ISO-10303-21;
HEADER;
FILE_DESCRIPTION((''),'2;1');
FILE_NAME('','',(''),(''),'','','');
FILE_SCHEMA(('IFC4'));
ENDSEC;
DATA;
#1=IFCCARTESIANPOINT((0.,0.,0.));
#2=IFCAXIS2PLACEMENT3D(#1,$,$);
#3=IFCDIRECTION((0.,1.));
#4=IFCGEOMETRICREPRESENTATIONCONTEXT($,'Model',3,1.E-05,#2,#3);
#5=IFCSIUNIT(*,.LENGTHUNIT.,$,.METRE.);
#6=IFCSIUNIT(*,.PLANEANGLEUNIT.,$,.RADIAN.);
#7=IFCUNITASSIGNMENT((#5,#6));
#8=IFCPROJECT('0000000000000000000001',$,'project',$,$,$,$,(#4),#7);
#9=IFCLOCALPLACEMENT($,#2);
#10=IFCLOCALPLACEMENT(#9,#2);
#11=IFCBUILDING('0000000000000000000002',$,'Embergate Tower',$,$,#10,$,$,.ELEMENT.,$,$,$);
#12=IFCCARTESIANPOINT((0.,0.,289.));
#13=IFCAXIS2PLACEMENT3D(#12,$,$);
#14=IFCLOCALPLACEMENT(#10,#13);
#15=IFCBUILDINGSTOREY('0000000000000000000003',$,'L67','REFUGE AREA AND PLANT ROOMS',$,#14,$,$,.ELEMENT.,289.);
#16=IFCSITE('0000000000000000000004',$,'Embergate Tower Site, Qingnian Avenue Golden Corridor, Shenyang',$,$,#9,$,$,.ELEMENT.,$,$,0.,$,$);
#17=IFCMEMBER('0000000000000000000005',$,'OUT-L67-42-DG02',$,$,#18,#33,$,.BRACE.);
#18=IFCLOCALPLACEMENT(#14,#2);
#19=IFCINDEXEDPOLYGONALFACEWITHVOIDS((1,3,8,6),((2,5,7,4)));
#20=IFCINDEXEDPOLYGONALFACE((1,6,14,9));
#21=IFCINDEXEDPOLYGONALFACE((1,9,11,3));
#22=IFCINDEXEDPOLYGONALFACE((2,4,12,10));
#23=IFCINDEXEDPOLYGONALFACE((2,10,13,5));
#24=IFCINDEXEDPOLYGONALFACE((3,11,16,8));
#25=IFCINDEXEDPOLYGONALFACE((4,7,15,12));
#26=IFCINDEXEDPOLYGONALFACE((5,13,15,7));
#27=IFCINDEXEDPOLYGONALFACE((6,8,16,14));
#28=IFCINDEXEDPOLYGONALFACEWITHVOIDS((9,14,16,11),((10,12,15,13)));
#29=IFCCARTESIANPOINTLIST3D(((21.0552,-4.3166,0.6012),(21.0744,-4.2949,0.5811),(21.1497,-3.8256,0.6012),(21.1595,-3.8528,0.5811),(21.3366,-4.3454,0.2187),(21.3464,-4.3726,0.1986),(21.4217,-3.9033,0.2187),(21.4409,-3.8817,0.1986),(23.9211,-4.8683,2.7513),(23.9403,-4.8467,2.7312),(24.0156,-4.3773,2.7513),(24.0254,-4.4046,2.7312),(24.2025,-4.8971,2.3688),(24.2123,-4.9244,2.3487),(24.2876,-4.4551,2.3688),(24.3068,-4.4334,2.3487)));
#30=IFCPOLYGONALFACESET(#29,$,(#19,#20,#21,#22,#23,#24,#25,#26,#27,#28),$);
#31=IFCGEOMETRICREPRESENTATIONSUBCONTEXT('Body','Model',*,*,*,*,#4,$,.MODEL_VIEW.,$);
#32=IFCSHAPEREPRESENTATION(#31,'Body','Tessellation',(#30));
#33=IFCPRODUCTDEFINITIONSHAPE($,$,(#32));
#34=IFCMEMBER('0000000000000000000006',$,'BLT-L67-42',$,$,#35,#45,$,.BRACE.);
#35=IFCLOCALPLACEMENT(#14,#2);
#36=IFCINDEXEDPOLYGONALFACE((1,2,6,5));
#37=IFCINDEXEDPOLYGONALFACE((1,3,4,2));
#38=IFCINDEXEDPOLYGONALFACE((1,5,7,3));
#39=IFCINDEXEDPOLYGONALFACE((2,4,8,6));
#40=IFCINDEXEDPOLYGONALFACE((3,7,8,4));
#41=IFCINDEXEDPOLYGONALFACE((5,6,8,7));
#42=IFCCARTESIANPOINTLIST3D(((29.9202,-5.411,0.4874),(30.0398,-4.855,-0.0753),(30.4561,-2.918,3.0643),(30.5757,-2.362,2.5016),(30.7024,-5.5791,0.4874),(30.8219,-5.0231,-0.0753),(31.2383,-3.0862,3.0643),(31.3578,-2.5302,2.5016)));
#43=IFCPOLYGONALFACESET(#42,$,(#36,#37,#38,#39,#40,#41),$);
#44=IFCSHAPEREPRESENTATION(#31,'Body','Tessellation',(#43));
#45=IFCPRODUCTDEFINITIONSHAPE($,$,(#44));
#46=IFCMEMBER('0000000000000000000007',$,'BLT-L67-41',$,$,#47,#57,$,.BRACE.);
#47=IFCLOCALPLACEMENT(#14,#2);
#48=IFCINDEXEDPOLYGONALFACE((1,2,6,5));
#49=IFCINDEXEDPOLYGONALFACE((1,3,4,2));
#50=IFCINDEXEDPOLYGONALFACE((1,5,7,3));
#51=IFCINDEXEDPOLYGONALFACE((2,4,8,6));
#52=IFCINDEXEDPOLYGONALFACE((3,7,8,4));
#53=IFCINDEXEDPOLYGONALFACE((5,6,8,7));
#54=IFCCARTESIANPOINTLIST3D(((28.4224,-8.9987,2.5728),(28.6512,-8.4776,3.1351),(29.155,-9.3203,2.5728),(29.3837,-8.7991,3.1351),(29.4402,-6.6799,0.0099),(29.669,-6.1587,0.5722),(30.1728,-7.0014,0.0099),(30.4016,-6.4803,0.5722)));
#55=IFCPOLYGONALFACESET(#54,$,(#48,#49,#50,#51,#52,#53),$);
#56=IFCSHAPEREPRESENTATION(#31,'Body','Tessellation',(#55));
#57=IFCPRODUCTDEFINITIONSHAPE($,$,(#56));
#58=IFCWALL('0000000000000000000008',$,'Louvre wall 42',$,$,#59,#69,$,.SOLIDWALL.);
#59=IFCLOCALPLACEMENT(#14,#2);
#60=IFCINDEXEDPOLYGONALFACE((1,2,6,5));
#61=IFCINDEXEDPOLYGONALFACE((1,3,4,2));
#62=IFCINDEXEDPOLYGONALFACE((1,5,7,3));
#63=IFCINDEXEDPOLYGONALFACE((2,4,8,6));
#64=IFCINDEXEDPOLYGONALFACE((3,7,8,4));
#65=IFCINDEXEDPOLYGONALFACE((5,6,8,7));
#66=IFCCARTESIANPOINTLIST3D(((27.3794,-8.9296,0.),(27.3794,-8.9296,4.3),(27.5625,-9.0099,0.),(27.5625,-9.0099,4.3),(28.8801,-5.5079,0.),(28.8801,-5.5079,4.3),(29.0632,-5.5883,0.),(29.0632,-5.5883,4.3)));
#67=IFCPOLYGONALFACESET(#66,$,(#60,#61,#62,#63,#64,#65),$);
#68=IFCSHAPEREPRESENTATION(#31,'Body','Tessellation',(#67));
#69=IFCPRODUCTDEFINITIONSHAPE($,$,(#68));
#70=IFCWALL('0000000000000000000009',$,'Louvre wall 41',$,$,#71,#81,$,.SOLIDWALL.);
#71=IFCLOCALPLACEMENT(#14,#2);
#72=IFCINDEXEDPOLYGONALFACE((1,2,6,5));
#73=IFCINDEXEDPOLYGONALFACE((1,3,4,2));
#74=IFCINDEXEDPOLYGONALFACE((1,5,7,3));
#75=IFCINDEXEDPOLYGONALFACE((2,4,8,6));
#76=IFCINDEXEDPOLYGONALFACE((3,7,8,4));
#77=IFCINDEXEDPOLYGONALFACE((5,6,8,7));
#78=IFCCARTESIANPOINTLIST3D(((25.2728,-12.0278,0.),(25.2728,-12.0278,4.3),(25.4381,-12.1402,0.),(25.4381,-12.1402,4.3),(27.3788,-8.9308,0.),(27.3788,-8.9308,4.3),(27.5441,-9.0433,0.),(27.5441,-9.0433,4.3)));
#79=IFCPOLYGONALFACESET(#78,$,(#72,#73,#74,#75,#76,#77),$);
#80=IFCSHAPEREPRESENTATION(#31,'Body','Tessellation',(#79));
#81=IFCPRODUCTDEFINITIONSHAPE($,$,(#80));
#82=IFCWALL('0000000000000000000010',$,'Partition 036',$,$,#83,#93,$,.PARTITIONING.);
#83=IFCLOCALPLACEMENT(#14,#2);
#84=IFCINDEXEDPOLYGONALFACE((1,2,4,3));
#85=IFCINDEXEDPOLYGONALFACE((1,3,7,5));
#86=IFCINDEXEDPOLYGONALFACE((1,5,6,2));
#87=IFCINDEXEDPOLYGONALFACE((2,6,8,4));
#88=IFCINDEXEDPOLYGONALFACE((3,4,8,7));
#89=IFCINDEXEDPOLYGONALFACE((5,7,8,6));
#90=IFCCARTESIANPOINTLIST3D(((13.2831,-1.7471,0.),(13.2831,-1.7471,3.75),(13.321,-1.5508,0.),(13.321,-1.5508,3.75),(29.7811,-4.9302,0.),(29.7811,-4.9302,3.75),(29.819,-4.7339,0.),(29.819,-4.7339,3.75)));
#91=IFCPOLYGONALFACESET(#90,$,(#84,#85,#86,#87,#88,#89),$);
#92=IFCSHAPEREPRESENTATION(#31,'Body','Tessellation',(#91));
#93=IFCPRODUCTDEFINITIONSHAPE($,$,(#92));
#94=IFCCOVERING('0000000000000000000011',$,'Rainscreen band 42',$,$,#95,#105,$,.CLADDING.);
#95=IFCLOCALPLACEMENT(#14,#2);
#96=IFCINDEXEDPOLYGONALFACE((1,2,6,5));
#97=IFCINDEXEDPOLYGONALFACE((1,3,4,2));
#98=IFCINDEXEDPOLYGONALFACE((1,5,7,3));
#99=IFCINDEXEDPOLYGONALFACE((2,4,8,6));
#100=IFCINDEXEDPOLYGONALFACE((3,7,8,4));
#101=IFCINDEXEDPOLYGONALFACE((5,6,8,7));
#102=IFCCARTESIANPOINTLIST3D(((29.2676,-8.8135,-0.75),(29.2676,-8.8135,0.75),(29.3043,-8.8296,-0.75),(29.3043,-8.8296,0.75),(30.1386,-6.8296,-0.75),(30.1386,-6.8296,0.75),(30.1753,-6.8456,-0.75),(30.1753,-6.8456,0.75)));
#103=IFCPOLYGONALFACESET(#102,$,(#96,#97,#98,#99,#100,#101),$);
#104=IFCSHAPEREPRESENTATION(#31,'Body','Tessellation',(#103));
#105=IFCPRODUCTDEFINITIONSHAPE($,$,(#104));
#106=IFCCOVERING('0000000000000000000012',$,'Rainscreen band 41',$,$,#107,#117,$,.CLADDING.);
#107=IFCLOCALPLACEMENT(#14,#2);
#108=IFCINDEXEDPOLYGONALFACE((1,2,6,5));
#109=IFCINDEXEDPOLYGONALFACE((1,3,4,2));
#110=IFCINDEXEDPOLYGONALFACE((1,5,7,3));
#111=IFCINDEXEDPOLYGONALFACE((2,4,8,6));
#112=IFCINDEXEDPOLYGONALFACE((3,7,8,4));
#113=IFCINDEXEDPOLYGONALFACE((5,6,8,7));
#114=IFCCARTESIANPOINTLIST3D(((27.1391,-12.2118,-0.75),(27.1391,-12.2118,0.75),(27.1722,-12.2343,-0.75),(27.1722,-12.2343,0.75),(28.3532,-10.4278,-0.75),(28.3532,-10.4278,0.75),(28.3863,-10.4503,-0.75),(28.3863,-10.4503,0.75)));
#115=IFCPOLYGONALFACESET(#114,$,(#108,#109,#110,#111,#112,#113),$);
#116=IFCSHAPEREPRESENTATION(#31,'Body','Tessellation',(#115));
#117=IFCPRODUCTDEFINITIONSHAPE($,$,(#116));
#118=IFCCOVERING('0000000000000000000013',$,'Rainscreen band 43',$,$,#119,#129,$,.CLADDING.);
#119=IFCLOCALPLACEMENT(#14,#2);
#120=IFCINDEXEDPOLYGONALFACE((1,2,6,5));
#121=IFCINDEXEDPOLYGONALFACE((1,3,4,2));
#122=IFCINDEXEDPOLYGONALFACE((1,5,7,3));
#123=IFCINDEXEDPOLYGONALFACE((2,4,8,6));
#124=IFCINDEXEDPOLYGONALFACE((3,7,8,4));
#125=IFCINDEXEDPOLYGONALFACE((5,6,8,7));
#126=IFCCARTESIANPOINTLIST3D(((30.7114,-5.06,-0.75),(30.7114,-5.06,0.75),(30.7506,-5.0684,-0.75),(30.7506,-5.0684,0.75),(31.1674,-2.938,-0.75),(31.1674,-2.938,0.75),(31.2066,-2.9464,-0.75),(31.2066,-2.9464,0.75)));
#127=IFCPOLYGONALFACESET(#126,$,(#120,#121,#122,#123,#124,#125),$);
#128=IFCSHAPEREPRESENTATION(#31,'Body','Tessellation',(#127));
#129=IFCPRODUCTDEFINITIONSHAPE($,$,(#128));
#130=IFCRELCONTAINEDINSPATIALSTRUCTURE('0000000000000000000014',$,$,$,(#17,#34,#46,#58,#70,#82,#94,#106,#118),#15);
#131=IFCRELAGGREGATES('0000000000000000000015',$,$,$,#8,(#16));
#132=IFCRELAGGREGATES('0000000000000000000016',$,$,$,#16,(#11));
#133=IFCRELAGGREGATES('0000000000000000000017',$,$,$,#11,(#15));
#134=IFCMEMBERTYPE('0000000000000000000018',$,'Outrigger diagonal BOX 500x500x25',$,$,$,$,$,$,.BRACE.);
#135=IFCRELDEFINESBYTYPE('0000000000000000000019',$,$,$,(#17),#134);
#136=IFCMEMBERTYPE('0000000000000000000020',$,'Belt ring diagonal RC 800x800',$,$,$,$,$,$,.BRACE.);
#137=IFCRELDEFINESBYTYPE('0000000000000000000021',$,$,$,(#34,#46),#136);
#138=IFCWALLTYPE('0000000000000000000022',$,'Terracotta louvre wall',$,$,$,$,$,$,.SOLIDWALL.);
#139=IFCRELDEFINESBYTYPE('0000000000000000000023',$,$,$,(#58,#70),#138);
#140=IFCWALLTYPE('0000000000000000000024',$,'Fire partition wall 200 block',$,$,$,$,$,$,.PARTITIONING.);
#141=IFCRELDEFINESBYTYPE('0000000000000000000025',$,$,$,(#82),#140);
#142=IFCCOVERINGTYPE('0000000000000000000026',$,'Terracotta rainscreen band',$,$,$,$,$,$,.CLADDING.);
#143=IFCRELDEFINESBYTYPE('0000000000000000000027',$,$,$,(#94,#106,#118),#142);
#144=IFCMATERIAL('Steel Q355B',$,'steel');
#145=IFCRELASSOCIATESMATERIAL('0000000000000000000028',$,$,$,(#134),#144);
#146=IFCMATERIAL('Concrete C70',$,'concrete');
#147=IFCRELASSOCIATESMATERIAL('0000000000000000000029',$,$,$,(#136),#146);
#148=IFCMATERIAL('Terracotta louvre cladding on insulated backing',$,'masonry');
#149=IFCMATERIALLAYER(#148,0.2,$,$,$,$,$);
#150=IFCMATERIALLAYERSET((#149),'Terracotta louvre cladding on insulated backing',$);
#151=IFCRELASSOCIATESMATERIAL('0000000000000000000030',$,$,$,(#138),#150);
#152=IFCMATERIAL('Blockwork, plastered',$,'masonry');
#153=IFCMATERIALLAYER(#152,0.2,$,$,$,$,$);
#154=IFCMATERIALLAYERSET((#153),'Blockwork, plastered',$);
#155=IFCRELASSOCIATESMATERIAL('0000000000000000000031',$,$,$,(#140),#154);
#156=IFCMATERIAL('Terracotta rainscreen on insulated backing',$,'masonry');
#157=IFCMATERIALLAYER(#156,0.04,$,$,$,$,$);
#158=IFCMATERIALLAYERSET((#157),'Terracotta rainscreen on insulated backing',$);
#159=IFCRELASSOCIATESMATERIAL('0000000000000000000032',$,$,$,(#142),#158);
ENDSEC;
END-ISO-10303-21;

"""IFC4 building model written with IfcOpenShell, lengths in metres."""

from ifc_helpers import new_model, si_unit, direction, frame, frame_2d, origin, origin_2d, place, context, subcontext, project, spatial, rectangle, hollow_rectangle, extrude, source, transform, mapped, material, layer, layer_set, material_profile, profile_set, type_object, element, save


model = new_model("IFC4")

# Units and contexts
model_context = context("Model", 3, precision=1e-05, world=origin(), true_north=direction((0.0, 1.0)))
body_context = subcontext(model_context, "Body", "Model", "MODEL_VIEW")
ifc_project = project(units=[si_unit("LENGTHUNIT", "METRE"), si_unit("PLANEANGLEUNIT", "RADIAN")], contexts=[model_context])

# Site, building, storey
site_placement = place(None, origin())
site = spatial("IfcSite", under=ifc_project, at=site_placement, Name="Embergate Tower Site, Qingnian Avenue Golden Corridor, Shenyang", CompositionType="ELEMENT", RefElevation=0.0)
building_placement = place(site_placement, origin())
building = spatial("IfcBuilding", under=site, at=building_placement, Name="Embergate Tower", CompositionType="ELEMENT")
storey_placement = place(building_placement, frame((0.0, 0.0, 289.0)))
storey = spatial("IfcBuildingStorey", under=building, at=storey_placement, Name="L67", Description="REFUGE AREA AND PLANT ROOMS", CompositionType="ELEMENT", Elevation=289.0)

# Shared definitions
ifc_material_1 = material(Name="Steel Q355B", Category="steel")

# Members
ifc_material_profile_1 = material_profile(ifc_material_1, hollow_rectangle(XDim=0.5, YDim=0.5, WallThickness=0.0249, at=origin_2d()), Name="BOX 500x500x25")
ifc_profile_set_1 = profile_set([ifc_material_profile_1], Name="Steel Q355 grade B")
member_type_1 = type_object("IfcMemberType", Name="Outrigger diagonal BOX 500x500x25", PredefinedType="BRACE", material=ifc_profile_set_1)
shared_shape_1 = source(origin(), body_context, "Body", "SweptSolid", [
    extrude(hollow_rectangle(XDim=0.5, YDim=0.5, WallThickness=0.0249, at=origin_2d()), origin(), (0.0, 0.0, 1.0), 3.625),
])
member_1_placement = place(storey_placement, frame((21.248, -4.0991, 0.3999), z_axis=(0.79059, -0.152205, 0.593128), x_axis=(0.189049, 0.981968, 0.0)))
element("IfcMember", 1, at=member_1_placement, inside=storey, type_object=member_type_1, Name="OUT-L67-42-DG02", PredefinedType="BRACE", context=body_context, shape_type="MappedRepresentation", body=[
    mapped(shared_shape_1, transform((0.0, 0.0, 0.0))),
])
ifc_material_2 = material(Name="Concrete C70", Category="concrete")
ifc_material_profile_2 = material_profile(ifc_material_2, rectangle(XDim=0.8, YDim=0.8, at=origin_2d()), Name="RC 800x800")
ifc_profile_set_2 = profile_set([ifc_material_profile_2], Name="Concrete C70")
member_type_2 = type_object("IfcMemberType", Name="Belt ring diagonal RC 800x800", PredefinedType="BRACE", material=ifc_profile_set_2)
shared_shape_2 = source(origin(), body_context, "Body", "SweptSolid", [
    extrude(rectangle(XDim=0.8, YDim=0.8, at=origin_2d()), origin(), (0.0, 0.0, 1.0), 3.6252),
])
member_2_placement = place(storey_placement, frame((30.3711, -5.217, 0.2061), z_axis=(0.147822, 0.687659, 0.710826), x_axis=(-0.977666, 0.210163, 0.0)))
element("IfcMember", 2, at=member_2_placement, inside=storey, type_object=member_type_2, Name="BLT-L67-42", PredefinedType="BRACE", context=body_context, shape_type="MappedRepresentation", body=[
    mapped(shared_shape_2, transform((0.0, 0.0, 0.0))),
])
shared_shape_3 = source(origin(), body_context, "Body", "SweptSolid", [
    extrude(rectangle(XDim=0.8, YDim=0.8, at=origin_2d()), origin(), (0.0, 0.0, 1.0), 3.603),
])
member_3_placement = place(storey_placement, frame((29.9209, -6.5801, 0.291), z_axis=(-0.28249, -0.64358, 0.71134), x_axis=(0.915674, -0.401921, 0.0)))
element("IfcMember", 3, at=member_3_placement, inside=storey, type_object=member_type_2, Name="BLT-L67-41", PredefinedType="BRACE", context=body_context, shape_type="MappedRepresentation", body=[
    mapped(shared_shape_3, transform((0.0, 0.0, 0.0))),
])

# Walls
ifc_material_3 = material(Name="Terracotta louvre cladding on insulated backing", Category="masonry")
ifc_layer_1 = layer(ifc_material_3, 0.2)
ifc_layer_set_1 = layer_set([ifc_layer_1], Name="Terracotta louvre cladding on insulated backing")
wall_type_1 = type_object("IfcWallType", Name="Terracotta louvre wall", PredefinedType="SOLIDWALL", material=ifc_layer_set_1)
shared_shape_4 = source(origin(), body_context, "Body", "SweptSolid", [
    extrude(rectangle(XDim=3.7363, YDim=0.2, at=frame_2d((1.8682, 0.0))), origin(), (0.0, 0.0, 1.0), 4.3),
])
wall_1_placement = place(storey_placement, frame((28.9717, -5.5481, 0.0), z_axis=(0.0, 0.0, 1.0), x_axis=(-0.401665, -0.915787, 0.0)))
element("IfcWall", 4, at=wall_1_placement, inside=storey, type_object=wall_type_1, Name="Louvre wall 42", PredefinedType="SOLIDWALL", context=body_context, shape_type="MappedRepresentation", body=[
    mapped(shared_shape_4, transform((0.0, 0.0, 0.0))),
])
shared_shape_5 = source(origin(), body_context, "Body", "SweptSolid", [
    extrude(rectangle(XDim=3.7451, YDim=0.2, at=frame_2d((1.8726, 0.0))), origin(), (0.0, 0.0, 1.0), 4.3),
])
wall_2_placement = place(storey_placement, frame((27.4614, -8.9871, 0.0), z_axis=(0.0, 0.0, 1.0), x_axis=(-0.562319, -0.82692, 0.0)))
element("IfcWall", 5, at=wall_2_placement, inside=storey, type_object=wall_type_1, Name="Louvre wall 41", PredefinedType="SOLIDWALL", context=body_context, shape_type="MappedRepresentation", body=[
    mapped(shared_shape_5, transform((0.0, 0.0, 0.0))),
])
ifc_material_4 = material(Name="Blockwork, plastered", Category="masonry")
ifc_layer_2 = layer(ifc_material_4, 0.2)
ifc_layer_set_2 = layer_set([ifc_layer_2], Name="Blockwork, plastered")
wall_type_2 = type_object("IfcWallType", Name="Fire partition wall 200 block", PredefinedType="PARTITIONING", material=ifc_layer_set_2)
shared_shape_6 = source(origin(), body_context, "Body", "SweptSolid", [
    extrude(rectangle(XDim=16.8022, YDim=0.2, at=frame_2d((8.4011, 0.0))), origin(), (0.0, 0.0, 1.0), 3.75),
])
wall_3_placement = place(storey_placement, frame((29.8, -4.832, 0.0), z_axis=(0.0, 0.0, 1.0), x_axis=(-0.981891, 0.189444, 0.0)))
element("IfcWall", 6, at=wall_3_placement, inside=storey, type_object=wall_type_2, Name="Partition 036", PredefinedType="PARTITIONING", context=body_context, shape_type="MappedRepresentation", body=[
    mapped(shared_shape_6, transform((0.0, 0.0, 0.0))),
])

# Coverings
ifc_material_5 = material(Name="Terracotta rainscreen on insulated backing", Category="masonry")
ifc_layer_3 = layer(ifc_material_5, 0.04)
ifc_layer_set_3 = layer_set([ifc_layer_3], Name="Terracotta rainscreen on insulated backing")
covering_type = type_object("IfcCoveringType", Name="Terracotta rainscreen band", PredefinedType="CLADDING", material=ifc_layer_set_3)
shared_shape_7 = source(origin(), body_context, "Body", "SweptSolid", [
    extrude(rectangle(XDim=2.1667, YDim=0.04, at=origin_2d()), origin(), (0.0, 0.0, 1.0), 1.5),
])
covering_1_placement = place(storey_placement, frame((29.7214, -7.8296, -0.75), z_axis=(0.0, 0.0, 1.0), x_axis=(0.401981, 0.915648, 0.0)))
element("IfcCovering", 7, at=covering_1_placement, inside=storey, type_object=covering_type, Name="Rainscreen band 42", PredefinedType="CLADDING", context=body_context, shape_type="MappedRepresentation", body=[
    mapped(shared_shape_7, transform((0.0, 0.0, 0.0))),
])
shared_shape_8 = source(origin(), body_context, "Body", "SweptSolid", [
    extrude(rectangle(XDim=2.158, YDim=0.04, at=origin_2d()), origin(), (0.0, 0.0, 1.0), 1.5),
])
covering_2_placement = place(storey_placement, frame((27.7627, -11.3311, -0.75), z_axis=(0.0, 0.0, 1.0), x_axis=(0.562589, 0.826737, 0.0)))
element("IfcCovering", 8, at=covering_2_placement, inside=storey, type_object=covering_type, Name="Rainscreen band 41", PredefinedType="CLADDING", context=body_context, shape_type="MappedRepresentation", body=[
    mapped(shared_shape_8, transform((0.0, 0.0, 0.0))),
])
shared_shape_9 = source(origin(), body_context, "Body", "SweptSolid", [
    extrude(rectangle(XDim=2.1704, YDim=0.04, at=origin_2d()), origin(), (0.0, 0.0, 1.0), 1.5),
])
covering_3_placement = place(storey_placement, frame((30.959, -4.0032, -0.75), z_axis=(0.0, 0.0, 1.0), x_axis=(0.210095, 0.977681, 0.0)))
element("IfcCovering", 9, at=covering_3_placement, inside=storey, type_object=covering_type, Name="Rainscreen band 43", PredefinedType="CLADDING", context=body_context, shape_type="MappedRepresentation", body=[
    mapped(shared_shape_9, transform((0.0, 0.0, 0.0))),
])

save(model, "model.ifc")
